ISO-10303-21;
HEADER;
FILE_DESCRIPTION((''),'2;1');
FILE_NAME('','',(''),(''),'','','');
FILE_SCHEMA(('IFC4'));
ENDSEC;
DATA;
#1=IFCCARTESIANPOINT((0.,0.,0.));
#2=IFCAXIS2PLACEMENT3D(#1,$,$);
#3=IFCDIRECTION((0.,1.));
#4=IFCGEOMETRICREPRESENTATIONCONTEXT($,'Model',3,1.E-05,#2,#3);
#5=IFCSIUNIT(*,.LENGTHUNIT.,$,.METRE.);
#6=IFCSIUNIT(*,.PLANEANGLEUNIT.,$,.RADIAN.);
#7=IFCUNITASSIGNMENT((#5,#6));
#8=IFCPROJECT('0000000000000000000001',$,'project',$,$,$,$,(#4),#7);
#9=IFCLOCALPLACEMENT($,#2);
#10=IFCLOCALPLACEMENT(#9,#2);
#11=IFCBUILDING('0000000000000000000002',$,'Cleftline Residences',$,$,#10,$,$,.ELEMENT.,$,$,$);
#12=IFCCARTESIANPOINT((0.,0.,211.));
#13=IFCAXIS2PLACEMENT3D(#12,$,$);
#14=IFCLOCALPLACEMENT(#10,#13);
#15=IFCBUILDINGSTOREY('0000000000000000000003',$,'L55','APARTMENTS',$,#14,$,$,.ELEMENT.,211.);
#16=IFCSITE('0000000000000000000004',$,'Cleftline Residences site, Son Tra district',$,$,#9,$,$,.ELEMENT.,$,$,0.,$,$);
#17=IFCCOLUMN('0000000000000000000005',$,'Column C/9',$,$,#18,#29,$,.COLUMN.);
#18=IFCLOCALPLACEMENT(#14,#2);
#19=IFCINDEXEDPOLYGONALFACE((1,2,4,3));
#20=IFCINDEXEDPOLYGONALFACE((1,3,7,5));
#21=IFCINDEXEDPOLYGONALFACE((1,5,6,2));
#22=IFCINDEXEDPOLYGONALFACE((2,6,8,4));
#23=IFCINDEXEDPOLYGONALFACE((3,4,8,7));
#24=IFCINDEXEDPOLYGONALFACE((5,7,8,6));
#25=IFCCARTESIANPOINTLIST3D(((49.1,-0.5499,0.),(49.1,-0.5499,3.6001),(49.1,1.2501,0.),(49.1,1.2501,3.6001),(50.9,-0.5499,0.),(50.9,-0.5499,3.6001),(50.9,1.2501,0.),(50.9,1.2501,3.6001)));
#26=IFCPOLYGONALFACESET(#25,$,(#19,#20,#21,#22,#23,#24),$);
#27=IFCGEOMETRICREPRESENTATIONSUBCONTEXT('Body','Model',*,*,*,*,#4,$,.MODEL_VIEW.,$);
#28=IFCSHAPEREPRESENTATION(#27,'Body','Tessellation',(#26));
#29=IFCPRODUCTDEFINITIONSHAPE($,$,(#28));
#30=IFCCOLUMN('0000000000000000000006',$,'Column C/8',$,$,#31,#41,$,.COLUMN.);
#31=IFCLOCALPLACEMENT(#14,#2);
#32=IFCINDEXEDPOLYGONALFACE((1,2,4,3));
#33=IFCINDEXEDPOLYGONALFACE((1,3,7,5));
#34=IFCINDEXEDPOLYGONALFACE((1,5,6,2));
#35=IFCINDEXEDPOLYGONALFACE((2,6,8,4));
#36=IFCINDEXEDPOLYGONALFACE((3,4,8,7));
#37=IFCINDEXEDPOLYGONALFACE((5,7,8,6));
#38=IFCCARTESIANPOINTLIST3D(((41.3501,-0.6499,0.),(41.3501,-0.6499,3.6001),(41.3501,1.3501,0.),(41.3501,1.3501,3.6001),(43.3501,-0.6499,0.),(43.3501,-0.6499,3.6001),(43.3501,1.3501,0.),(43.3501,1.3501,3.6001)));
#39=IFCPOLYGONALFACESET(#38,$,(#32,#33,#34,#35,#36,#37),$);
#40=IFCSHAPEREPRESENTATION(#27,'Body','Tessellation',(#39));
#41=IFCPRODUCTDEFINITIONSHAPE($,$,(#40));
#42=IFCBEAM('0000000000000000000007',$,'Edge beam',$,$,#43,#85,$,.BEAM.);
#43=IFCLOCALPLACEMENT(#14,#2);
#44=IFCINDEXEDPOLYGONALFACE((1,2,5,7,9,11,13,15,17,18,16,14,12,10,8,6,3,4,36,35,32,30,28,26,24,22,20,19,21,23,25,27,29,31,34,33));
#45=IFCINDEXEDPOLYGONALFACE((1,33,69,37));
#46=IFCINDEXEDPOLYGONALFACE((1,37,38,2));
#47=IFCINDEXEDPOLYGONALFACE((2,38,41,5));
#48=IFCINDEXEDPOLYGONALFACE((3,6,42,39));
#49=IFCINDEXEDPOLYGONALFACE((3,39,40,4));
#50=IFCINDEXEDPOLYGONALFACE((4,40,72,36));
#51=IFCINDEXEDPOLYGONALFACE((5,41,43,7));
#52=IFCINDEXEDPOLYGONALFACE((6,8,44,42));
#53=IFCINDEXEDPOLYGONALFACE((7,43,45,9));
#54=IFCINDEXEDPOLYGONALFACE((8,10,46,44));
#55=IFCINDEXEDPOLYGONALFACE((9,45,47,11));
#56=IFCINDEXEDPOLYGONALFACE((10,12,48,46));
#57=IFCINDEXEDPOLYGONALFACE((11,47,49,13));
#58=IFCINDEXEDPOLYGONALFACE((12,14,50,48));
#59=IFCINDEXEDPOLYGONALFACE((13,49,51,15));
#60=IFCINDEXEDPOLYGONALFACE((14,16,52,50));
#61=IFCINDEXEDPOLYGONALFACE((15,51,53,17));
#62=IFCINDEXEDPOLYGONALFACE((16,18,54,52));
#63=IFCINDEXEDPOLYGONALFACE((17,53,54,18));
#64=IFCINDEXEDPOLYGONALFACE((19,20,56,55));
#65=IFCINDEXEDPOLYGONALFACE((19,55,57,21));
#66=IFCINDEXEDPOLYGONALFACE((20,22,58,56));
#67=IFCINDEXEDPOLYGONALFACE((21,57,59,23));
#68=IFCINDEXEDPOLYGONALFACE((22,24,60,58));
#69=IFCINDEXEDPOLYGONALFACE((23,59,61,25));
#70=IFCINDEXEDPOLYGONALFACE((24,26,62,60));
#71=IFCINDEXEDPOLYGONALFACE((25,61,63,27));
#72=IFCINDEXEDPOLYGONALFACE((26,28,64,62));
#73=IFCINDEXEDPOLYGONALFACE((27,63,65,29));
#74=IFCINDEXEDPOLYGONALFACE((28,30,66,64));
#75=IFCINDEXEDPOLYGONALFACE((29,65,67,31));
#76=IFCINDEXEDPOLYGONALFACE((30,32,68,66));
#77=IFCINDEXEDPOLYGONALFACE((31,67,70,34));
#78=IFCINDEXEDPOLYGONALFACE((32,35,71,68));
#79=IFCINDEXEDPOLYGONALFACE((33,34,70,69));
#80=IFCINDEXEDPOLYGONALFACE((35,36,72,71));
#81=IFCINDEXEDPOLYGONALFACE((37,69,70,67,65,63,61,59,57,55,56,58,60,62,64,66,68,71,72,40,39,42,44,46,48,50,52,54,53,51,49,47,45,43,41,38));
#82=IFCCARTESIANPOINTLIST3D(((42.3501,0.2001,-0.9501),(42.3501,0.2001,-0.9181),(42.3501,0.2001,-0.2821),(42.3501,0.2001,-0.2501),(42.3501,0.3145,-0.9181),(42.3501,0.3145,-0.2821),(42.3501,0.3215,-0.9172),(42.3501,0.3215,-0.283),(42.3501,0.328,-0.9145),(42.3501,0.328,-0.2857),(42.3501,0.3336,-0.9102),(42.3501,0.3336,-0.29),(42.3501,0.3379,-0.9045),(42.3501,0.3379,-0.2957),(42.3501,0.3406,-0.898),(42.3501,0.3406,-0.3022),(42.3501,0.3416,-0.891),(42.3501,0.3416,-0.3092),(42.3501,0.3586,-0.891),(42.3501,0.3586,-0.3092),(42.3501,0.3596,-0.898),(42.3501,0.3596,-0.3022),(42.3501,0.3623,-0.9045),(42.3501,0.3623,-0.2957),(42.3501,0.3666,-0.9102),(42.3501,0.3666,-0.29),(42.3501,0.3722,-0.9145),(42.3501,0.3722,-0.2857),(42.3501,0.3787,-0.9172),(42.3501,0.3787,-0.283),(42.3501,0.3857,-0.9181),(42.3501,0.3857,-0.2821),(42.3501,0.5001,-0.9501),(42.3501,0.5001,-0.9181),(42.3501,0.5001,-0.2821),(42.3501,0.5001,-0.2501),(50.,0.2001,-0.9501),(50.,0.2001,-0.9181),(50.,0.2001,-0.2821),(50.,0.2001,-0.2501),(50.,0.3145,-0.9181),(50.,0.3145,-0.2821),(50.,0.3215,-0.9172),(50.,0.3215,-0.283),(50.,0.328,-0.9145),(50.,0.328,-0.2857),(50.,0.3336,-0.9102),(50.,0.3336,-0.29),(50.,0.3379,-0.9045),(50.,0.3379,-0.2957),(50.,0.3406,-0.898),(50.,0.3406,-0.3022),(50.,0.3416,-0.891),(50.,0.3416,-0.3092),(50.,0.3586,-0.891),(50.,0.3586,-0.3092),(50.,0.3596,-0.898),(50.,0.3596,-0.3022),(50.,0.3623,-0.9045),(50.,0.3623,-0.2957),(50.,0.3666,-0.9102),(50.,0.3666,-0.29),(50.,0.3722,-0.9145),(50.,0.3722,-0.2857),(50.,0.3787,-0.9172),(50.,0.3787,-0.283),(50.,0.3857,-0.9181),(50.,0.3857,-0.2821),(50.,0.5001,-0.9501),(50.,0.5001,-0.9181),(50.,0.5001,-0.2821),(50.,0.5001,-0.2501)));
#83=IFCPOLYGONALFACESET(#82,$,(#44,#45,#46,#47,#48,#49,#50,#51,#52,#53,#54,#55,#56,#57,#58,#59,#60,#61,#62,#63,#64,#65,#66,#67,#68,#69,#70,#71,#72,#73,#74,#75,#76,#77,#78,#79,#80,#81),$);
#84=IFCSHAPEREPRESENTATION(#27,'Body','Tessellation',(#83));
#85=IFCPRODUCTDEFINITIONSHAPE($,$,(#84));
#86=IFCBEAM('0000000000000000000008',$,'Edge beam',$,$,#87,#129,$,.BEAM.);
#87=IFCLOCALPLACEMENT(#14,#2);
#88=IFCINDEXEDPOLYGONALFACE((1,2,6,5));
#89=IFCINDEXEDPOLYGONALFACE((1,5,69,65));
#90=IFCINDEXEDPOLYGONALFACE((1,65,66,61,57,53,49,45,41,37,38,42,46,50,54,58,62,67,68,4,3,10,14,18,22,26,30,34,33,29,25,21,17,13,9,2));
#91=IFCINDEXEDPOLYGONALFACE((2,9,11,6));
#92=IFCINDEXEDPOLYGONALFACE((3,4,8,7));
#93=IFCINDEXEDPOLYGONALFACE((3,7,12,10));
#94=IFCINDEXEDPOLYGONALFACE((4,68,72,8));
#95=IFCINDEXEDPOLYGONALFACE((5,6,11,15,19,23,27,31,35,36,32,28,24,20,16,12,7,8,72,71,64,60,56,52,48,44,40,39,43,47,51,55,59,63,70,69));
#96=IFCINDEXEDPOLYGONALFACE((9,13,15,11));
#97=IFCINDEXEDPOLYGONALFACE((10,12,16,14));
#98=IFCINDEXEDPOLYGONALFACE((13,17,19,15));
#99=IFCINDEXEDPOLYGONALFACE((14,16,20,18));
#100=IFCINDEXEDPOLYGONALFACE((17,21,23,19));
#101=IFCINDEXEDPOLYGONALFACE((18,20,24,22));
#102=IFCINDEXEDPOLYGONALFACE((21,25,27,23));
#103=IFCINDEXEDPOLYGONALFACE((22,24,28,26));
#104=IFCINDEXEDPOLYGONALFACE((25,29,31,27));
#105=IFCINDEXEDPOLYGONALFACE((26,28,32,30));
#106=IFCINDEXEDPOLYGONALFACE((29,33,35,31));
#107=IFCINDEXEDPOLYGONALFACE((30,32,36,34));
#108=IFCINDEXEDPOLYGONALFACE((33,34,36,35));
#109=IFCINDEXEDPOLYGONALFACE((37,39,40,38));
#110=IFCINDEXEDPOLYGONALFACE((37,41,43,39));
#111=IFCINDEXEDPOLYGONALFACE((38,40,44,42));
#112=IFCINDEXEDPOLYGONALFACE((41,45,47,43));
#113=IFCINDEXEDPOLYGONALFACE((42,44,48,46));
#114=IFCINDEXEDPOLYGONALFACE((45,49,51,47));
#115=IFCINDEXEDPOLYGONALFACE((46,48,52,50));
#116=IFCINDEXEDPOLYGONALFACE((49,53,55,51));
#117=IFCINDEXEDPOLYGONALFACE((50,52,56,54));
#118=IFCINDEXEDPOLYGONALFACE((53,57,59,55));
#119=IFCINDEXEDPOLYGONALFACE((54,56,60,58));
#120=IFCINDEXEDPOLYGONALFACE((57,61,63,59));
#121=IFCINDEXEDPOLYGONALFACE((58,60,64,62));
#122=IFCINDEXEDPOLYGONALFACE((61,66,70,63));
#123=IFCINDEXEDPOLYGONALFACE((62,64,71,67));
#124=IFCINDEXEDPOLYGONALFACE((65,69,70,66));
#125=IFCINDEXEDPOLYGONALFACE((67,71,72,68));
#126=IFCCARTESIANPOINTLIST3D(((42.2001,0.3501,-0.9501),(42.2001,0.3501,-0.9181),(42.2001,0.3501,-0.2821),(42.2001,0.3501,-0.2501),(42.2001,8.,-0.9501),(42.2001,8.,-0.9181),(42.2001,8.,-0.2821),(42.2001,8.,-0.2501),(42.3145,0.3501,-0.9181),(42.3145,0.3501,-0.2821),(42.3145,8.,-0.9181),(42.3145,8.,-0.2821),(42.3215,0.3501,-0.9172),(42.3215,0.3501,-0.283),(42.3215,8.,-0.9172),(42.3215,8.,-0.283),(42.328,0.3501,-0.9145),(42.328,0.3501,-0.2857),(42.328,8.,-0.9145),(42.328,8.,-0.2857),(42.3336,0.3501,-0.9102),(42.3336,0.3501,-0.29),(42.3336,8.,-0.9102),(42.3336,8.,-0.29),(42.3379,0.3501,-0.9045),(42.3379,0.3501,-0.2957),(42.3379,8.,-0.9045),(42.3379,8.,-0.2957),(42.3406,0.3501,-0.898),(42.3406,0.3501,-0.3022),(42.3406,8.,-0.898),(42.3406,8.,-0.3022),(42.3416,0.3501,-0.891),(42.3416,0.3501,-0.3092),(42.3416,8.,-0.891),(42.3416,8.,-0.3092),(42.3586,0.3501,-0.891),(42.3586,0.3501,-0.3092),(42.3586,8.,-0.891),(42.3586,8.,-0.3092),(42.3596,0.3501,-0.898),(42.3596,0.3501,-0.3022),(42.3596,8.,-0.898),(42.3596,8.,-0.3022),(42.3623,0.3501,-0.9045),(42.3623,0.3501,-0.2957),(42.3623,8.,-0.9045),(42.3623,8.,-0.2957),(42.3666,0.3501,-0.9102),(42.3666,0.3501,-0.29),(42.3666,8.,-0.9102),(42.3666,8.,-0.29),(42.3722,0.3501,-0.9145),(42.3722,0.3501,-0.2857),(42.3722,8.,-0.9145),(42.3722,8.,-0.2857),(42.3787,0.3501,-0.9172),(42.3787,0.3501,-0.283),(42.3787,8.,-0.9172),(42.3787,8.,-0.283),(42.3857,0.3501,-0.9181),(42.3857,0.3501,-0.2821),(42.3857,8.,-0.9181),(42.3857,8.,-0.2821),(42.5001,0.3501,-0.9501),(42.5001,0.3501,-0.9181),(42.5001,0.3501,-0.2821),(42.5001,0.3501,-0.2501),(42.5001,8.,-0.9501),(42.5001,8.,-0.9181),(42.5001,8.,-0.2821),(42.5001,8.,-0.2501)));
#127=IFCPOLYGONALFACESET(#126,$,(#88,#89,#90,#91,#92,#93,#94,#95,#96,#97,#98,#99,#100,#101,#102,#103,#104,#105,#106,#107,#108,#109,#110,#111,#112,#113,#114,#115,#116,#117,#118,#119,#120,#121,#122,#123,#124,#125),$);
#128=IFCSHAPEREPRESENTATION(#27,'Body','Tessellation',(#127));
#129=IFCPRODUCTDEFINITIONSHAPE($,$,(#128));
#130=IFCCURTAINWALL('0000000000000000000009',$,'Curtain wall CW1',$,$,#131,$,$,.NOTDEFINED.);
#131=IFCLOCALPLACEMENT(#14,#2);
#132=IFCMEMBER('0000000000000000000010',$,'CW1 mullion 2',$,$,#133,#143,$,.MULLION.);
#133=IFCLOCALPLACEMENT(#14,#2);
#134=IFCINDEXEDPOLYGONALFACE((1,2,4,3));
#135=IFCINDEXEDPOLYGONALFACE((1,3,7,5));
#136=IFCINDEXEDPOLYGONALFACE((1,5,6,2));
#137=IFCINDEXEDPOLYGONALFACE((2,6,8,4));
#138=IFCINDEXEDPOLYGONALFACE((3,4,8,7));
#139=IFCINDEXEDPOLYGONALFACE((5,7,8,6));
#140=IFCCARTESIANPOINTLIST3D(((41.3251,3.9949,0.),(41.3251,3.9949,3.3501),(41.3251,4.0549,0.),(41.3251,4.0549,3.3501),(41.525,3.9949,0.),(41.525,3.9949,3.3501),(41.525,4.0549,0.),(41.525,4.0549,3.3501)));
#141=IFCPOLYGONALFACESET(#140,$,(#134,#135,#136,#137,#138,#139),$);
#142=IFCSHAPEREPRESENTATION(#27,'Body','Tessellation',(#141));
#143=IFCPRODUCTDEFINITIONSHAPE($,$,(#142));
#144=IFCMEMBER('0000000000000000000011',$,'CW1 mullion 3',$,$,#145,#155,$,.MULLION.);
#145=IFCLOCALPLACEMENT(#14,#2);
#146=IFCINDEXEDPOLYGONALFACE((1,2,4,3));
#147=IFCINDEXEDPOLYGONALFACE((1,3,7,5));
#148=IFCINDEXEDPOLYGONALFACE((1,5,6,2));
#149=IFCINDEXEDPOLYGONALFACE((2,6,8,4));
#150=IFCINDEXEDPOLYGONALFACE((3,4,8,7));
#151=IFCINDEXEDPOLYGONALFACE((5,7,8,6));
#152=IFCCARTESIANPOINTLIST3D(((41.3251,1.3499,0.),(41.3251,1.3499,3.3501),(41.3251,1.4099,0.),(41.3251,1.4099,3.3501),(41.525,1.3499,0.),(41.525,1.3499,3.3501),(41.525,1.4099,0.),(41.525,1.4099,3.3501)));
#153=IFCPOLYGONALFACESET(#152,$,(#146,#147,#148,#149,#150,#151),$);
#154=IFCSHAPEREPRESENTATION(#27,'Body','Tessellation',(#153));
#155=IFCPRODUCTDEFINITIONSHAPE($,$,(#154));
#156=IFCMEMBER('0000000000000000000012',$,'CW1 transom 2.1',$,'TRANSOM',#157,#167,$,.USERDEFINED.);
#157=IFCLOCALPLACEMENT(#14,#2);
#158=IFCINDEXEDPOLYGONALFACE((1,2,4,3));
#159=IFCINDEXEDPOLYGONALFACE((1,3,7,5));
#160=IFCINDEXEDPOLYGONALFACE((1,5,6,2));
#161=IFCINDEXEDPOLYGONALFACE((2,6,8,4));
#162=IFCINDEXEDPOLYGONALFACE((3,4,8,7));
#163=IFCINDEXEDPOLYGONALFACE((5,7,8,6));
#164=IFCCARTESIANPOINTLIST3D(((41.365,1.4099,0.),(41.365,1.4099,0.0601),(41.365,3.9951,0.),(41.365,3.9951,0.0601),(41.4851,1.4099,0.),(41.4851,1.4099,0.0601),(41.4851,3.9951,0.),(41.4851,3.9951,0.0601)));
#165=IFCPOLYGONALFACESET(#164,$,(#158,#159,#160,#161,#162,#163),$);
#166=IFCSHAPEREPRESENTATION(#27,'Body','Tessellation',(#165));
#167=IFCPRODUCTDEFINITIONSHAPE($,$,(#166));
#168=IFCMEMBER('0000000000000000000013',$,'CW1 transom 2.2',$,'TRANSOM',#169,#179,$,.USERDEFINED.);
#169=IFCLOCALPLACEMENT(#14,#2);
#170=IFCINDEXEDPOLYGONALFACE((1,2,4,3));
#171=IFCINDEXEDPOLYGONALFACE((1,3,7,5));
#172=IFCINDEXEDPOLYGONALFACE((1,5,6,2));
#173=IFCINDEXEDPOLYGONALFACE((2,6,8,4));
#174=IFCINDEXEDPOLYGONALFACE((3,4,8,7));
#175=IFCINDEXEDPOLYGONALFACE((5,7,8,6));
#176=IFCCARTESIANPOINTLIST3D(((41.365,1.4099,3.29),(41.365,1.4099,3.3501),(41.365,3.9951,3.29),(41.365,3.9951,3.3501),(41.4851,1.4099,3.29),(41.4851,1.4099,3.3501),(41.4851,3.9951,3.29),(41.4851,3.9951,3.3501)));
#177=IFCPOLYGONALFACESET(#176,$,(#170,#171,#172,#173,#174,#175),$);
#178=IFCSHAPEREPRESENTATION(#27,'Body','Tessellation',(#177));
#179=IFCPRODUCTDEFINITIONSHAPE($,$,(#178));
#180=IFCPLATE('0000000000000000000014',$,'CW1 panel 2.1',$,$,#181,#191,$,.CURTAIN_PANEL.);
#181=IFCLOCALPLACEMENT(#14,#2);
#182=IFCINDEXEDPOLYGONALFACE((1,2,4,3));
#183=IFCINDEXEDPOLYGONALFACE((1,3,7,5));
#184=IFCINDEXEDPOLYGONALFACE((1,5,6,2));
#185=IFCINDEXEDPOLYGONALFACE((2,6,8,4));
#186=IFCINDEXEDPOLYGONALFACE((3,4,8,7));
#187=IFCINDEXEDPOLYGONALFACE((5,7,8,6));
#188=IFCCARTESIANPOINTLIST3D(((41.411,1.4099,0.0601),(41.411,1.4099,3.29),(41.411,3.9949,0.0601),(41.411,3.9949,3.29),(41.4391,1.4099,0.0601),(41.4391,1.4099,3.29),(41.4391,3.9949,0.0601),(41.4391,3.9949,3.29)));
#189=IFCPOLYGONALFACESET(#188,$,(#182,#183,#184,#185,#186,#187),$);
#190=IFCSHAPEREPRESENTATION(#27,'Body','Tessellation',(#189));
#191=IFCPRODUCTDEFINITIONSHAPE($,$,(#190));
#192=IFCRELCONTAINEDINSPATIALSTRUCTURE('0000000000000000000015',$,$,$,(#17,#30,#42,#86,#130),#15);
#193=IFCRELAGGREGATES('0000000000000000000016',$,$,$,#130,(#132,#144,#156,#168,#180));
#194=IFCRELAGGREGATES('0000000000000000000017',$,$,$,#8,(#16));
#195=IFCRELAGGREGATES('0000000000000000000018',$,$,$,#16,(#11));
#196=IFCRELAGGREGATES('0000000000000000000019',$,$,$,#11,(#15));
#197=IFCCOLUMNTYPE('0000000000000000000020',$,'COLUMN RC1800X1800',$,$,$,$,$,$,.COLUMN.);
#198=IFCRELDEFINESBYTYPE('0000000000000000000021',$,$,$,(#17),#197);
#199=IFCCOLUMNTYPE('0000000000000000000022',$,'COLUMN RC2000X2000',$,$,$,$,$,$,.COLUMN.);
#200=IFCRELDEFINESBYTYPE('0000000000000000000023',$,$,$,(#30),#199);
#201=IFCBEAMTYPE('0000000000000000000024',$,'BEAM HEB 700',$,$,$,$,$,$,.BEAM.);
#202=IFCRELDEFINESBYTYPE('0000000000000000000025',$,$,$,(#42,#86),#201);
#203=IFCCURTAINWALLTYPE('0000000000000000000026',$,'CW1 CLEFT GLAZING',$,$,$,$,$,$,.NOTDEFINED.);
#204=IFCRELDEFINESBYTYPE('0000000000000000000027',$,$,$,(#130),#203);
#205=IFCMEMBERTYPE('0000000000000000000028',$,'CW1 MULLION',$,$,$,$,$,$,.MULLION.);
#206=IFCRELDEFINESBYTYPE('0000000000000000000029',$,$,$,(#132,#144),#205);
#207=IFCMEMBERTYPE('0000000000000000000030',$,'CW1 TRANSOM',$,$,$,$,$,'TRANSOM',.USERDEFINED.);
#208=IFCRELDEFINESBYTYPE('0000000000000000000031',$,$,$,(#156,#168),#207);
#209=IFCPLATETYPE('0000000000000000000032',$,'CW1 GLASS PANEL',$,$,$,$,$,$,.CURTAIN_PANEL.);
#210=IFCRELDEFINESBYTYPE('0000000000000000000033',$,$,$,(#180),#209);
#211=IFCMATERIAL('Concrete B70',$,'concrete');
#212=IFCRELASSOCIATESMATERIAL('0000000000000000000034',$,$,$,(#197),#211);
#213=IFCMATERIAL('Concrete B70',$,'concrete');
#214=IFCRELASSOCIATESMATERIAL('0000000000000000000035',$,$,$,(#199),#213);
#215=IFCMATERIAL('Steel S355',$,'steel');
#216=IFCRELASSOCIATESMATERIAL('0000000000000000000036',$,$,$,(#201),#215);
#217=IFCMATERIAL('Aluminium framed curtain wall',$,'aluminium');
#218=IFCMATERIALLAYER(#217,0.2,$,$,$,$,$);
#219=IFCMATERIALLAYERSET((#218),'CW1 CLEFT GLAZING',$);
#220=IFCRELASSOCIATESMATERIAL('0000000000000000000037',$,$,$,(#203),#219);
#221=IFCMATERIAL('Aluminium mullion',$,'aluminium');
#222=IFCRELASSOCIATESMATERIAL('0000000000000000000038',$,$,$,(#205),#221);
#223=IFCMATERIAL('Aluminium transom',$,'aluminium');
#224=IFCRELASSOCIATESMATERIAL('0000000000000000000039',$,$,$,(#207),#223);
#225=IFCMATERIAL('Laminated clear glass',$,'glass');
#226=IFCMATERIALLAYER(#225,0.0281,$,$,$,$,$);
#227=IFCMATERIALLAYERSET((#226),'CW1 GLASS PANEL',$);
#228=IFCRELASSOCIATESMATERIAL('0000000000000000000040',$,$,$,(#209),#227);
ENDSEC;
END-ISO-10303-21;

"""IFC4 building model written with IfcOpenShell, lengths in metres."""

from ifc_helpers import new_model, si_unit, direction, frame, origin, origin_2d, place, context, subcontext, project, spatial, rectangle, i_section, extrude, material, layer, layer_set, material_profile, profile_set, type_object, element, aggregate, save


model = new_model("IFC4")

# Units and contexts
model_context = context("Model", 3, precision=1e-05, world=origin(), true_north=direction((0.0, 1.0)))
body_context = subcontext(model_context, "Body", "Model", "MODEL_VIEW")
ifc_project = project(units=[si_unit("LENGTHUNIT", "METRE"), si_unit("PLANEANGLEUNIT", "RADIAN")], contexts=[model_context])

# Site, building, storey
site_placement = place(None, origin())
site = spatial("IfcSite", under=ifc_project, at=site_placement, Name="Cleftline Residences site, Son Tra district", CompositionType="ELEMENT", RefElevation=0.0)
building_placement = place(site_placement, origin())
building = spatial("IfcBuilding", under=site, at=building_placement, Name="Cleftline Residences", CompositionType="ELEMENT")
storey_placement = place(building_placement, frame((0.0, 0.0, 211.0)))
storey = spatial("IfcBuildingStorey", under=building, at=storey_placement, Name="L55", Description="APARTMENTS", CompositionType="ELEMENT", Elevation=211.0)

# Columns
ifc_material_1 = material(Name="Concrete B70", Category="concrete")
ifc_material_profile_1 = material_profile(ifc_material_1, rectangle(XDim=1.8, YDim=1.8, at=origin_2d()))
ifc_profile_set_1 = profile_set([ifc_material_profile_1], Name="Concrete B70")
column_type_1 = type_object("IfcColumnType", Name="COLUMN RC1800X1800", PredefinedType="COLUMN", material=ifc_profile_set_1)
column_1_placement = place(storey_placement, frame((50.0, 0.3501, 0.0), z_axis=(0.0, 0.0, 1.0), x_axis=(1.0, 0.0, 0.0)))
element("IfcColumn", 1, at=column_1_placement, inside=storey, type_object=column_type_1, Name="Column C/9", PredefinedType="COLUMN", context=body_context, shape_type="SweptSolid", body=[
    extrude(rectangle(XDim=1.8, YDim=1.8, at=origin_2d()), origin(), (0.0, 0.0, 1.0), 3.6001),
])
ifc_material_2 = material(Name="Concrete B70", Category="concrete")
ifc_material_profile_2 = material_profile(ifc_material_2, rectangle(XDim=2.0, YDim=2.0, at=origin_2d()))
ifc_profile_set_2 = profile_set([ifc_material_profile_2], Name="Concrete B70")
column_type_2 = type_object("IfcColumnType", Name="COLUMN RC2000X2000", PredefinedType="COLUMN", material=ifc_profile_set_2)
column_2_placement = place(storey_placement, frame((42.3501, 0.3501, 0.0), z_axis=(0.0, 0.0, 1.0), x_axis=(1.0, 0.0, 0.0)))
element("IfcColumn", 2, at=column_2_placement, inside=storey, type_object=column_type_2, Name="Column C/8", PredefinedType="COLUMN", context=body_context, shape_type="SweptSolid", body=[
    extrude(rectangle(XDim=2.0, YDim=2.0, at=origin_2d()), origin(), (0.0, 0.0, 1.0), 3.6001),
])

# Beams
ifc_material_3 = material(Name="Steel S355", Category="steel")
ifc_material_profile_3 = material_profile(ifc_material_3, i_section(OverallWidth=0.3, OverallDepth=0.7, WebThickness=0.0171, FlangeThickness=0.032, FilletRadius=0.0271, at=origin_2d()))
ifc_profile_set_3 = profile_set([ifc_material_profile_3], Name="Steel S355")
beam_type = type_object("IfcBeamType", Name="BEAM HEB 700", PredefinedType="BEAM", material=ifc_profile_set_3)
for number, where, z_axis, x_axis, name in (
    (3, (50.0, 0.3501, -0.6001), (-1.0, 0.0, 0.0), (0.0, -1.0, 0.0), "Edge beam"),
    (4, (42.3501, 0.3501, -0.6001), (0.0, 1.0, 0.0), (-1.0, 0.0, 0.0), "Edge beam"),
):
    element("IfcBeam", number, at=place(storey_placement, frame(where, z_axis=z_axis, x_axis=x_axis)), inside=storey, type_object=beam_type, Name=name, PredefinedType="BEAM", context=body_context, shape_type="SweptSolid", body=[
        extrude(i_section(OverallWidth=0.3, OverallDepth=0.7, WebThickness=0.0171, FlangeThickness=0.032, FilletRadius=0.0271, at=origin_2d()), origin(), (0.0, 0.0, 1.0), 7.6499),
    ])

# Curtain wall, members, plate
ifc_material_4 = material(Name="Aluminium framed curtain wall", Category="aluminium")
ifc_layer_1 = layer(ifc_material_4, 0.2)
ifc_layer_set_1 = layer_set([ifc_layer_1], Name="CW1 CLEFT GLAZING")
curtain_wall_type = type_object("IfcCurtainWallType", Name="CW1 CLEFT GLAZING", PredefinedType="NOTDEFINED", material=ifc_layer_set_1)
curtain_wall_placement = place(storey_placement, origin())
curtain_wall = element("IfcCurtainWall", 5, at=curtain_wall_placement, inside=storey, type_object=curtain_wall_type, Name="Curtain wall CW1", PredefinedType="NOTDEFINED")
ifc_material_5 = material(Name="Aluminium mullion", Category="aluminium")
ifc_material_profile_4 = material_profile(ifc_material_5, rectangle(XDim=0.2, YDim=0.0601, at=origin_2d()))
ifc_profile_set_4 = profile_set([ifc_material_profile_4], Name="Aluminium mullion")
member_type_1 = type_object("IfcMemberType", Name="CW1 MULLION", PredefinedType="MULLION", material=ifc_profile_set_4)
member_1_placement = place(storey_placement, frame((41.425, 4.0249, 0.0), z_axis=(0.0, 0.0, 1.0), x_axis=(1.0, 0.0, 0.0)))
member_1 = element("IfcMember", 6, at=member_1_placement, type_object=member_type_1, Name="CW1 mullion 2", PredefinedType="MULLION", context=body_context, shape_type="SweptSolid", body=[
    extrude(rectangle(XDim=0.2, YDim=0.0601, at=origin_2d()), origin(), (0.0, 0.0, 1.0), 3.3501),
])
member_2_placement = place(storey_placement, frame((41.425, 1.3799, 0.0), z_axis=(0.0, 0.0, 1.0), x_axis=(1.0, 0.0, 0.0)))
member_2 = element("IfcMember", 7, at=member_2_placement, type_object=member_type_1, Name="CW1 mullion 3", PredefinedType="MULLION", context=body_context, shape_type="SweptSolid", body=[
    extrude(rectangle(XDim=0.2, YDim=0.0601, at=origin_2d()), origin(), (0.0, 0.0, 1.0), 3.3501),
])
ifc_material_6 = material(Name="Aluminium transom", Category="aluminium")
ifc_material_profile_5 = material_profile(ifc_material_6, rectangle(XDim=0.1201, YDim=0.0601, at=origin_2d()))
ifc_profile_set_5 = profile_set([ifc_material_profile_5], Name="Aluminium transom")
member_type_2 = type_object("IfcMemberType", Name="CW1 TRANSOM", ElementType="TRANSOM", PredefinedType="USERDEFINED", material=ifc_profile_set_5)
member_3_placement = place(storey_placement, frame((41.425, 3.9951, 0.03), z_axis=(0.0, -1.0, 0.0), x_axis=(1.0, 0.0, 0.0)))
member_3 = element("IfcMember", 8, at=member_3_placement, type_object=member_type_2, Name="CW1 transom 2.1", ObjectType="TRANSOM", PredefinedType="USERDEFINED", context=body_context, shape_type="SweptSolid", body=[
    extrude(rectangle(XDim=0.1201, YDim=0.0601, at=origin_2d()), origin(), (0.0, 0.0, 1.0), 2.5852),
])
member_4_placement = place(storey_placement, frame((41.425, 3.9951, 3.3201), z_axis=(0.0, -1.0, 0.0), x_axis=(1.0, 0.0, 0.0)))
member_4 = element("IfcMember", 9, at=member_4_placement, type_object=member_type_2, Name="CW1 transom 2.2", ObjectType="TRANSOM", PredefinedType="USERDEFINED", context=body_context, shape_type="SweptSolid", body=[
    extrude(rectangle(XDim=0.1201, YDim=0.0601, at=origin_2d()), origin(), (0.0, 0.0, 1.0), 2.5852),
])
ifc_material_7 = material(Name="Laminated clear glass", Category="glass")
ifc_layer_2 = layer(ifc_material_7, 0.0281)
ifc_layer_set_2 = layer_set([ifc_layer_2], Name="CW1 GLASS PANEL")
plate_type = type_object("IfcPlateType", Name="CW1 GLASS PANEL", PredefinedType="CURTAIN_PANEL", material=ifc_layer_set_2)
plate_placement = place(storey_placement, frame((41.425, 2.7024, 0.0601), z_axis=(0.0, 0.0, 1.0), x_axis=(0.0, -1.0, 0.0)))
plate = element("IfcPlate", 10, at=plate_placement, type_object=plate_type, Name="CW1 panel 2.1", PredefinedType="CURTAIN_PANEL", context=body_context, shape_type="SweptSolid", body=[
    extrude(rectangle(XDim=2.585, YDim=0.0281, at=origin_2d()), origin(), (0.0, 0.0, 1.0), 3.23),
])
aggregate(curtain_wall, [member_1, member_2, member_3, member_4, plate])

save(model, "model.ifc")
